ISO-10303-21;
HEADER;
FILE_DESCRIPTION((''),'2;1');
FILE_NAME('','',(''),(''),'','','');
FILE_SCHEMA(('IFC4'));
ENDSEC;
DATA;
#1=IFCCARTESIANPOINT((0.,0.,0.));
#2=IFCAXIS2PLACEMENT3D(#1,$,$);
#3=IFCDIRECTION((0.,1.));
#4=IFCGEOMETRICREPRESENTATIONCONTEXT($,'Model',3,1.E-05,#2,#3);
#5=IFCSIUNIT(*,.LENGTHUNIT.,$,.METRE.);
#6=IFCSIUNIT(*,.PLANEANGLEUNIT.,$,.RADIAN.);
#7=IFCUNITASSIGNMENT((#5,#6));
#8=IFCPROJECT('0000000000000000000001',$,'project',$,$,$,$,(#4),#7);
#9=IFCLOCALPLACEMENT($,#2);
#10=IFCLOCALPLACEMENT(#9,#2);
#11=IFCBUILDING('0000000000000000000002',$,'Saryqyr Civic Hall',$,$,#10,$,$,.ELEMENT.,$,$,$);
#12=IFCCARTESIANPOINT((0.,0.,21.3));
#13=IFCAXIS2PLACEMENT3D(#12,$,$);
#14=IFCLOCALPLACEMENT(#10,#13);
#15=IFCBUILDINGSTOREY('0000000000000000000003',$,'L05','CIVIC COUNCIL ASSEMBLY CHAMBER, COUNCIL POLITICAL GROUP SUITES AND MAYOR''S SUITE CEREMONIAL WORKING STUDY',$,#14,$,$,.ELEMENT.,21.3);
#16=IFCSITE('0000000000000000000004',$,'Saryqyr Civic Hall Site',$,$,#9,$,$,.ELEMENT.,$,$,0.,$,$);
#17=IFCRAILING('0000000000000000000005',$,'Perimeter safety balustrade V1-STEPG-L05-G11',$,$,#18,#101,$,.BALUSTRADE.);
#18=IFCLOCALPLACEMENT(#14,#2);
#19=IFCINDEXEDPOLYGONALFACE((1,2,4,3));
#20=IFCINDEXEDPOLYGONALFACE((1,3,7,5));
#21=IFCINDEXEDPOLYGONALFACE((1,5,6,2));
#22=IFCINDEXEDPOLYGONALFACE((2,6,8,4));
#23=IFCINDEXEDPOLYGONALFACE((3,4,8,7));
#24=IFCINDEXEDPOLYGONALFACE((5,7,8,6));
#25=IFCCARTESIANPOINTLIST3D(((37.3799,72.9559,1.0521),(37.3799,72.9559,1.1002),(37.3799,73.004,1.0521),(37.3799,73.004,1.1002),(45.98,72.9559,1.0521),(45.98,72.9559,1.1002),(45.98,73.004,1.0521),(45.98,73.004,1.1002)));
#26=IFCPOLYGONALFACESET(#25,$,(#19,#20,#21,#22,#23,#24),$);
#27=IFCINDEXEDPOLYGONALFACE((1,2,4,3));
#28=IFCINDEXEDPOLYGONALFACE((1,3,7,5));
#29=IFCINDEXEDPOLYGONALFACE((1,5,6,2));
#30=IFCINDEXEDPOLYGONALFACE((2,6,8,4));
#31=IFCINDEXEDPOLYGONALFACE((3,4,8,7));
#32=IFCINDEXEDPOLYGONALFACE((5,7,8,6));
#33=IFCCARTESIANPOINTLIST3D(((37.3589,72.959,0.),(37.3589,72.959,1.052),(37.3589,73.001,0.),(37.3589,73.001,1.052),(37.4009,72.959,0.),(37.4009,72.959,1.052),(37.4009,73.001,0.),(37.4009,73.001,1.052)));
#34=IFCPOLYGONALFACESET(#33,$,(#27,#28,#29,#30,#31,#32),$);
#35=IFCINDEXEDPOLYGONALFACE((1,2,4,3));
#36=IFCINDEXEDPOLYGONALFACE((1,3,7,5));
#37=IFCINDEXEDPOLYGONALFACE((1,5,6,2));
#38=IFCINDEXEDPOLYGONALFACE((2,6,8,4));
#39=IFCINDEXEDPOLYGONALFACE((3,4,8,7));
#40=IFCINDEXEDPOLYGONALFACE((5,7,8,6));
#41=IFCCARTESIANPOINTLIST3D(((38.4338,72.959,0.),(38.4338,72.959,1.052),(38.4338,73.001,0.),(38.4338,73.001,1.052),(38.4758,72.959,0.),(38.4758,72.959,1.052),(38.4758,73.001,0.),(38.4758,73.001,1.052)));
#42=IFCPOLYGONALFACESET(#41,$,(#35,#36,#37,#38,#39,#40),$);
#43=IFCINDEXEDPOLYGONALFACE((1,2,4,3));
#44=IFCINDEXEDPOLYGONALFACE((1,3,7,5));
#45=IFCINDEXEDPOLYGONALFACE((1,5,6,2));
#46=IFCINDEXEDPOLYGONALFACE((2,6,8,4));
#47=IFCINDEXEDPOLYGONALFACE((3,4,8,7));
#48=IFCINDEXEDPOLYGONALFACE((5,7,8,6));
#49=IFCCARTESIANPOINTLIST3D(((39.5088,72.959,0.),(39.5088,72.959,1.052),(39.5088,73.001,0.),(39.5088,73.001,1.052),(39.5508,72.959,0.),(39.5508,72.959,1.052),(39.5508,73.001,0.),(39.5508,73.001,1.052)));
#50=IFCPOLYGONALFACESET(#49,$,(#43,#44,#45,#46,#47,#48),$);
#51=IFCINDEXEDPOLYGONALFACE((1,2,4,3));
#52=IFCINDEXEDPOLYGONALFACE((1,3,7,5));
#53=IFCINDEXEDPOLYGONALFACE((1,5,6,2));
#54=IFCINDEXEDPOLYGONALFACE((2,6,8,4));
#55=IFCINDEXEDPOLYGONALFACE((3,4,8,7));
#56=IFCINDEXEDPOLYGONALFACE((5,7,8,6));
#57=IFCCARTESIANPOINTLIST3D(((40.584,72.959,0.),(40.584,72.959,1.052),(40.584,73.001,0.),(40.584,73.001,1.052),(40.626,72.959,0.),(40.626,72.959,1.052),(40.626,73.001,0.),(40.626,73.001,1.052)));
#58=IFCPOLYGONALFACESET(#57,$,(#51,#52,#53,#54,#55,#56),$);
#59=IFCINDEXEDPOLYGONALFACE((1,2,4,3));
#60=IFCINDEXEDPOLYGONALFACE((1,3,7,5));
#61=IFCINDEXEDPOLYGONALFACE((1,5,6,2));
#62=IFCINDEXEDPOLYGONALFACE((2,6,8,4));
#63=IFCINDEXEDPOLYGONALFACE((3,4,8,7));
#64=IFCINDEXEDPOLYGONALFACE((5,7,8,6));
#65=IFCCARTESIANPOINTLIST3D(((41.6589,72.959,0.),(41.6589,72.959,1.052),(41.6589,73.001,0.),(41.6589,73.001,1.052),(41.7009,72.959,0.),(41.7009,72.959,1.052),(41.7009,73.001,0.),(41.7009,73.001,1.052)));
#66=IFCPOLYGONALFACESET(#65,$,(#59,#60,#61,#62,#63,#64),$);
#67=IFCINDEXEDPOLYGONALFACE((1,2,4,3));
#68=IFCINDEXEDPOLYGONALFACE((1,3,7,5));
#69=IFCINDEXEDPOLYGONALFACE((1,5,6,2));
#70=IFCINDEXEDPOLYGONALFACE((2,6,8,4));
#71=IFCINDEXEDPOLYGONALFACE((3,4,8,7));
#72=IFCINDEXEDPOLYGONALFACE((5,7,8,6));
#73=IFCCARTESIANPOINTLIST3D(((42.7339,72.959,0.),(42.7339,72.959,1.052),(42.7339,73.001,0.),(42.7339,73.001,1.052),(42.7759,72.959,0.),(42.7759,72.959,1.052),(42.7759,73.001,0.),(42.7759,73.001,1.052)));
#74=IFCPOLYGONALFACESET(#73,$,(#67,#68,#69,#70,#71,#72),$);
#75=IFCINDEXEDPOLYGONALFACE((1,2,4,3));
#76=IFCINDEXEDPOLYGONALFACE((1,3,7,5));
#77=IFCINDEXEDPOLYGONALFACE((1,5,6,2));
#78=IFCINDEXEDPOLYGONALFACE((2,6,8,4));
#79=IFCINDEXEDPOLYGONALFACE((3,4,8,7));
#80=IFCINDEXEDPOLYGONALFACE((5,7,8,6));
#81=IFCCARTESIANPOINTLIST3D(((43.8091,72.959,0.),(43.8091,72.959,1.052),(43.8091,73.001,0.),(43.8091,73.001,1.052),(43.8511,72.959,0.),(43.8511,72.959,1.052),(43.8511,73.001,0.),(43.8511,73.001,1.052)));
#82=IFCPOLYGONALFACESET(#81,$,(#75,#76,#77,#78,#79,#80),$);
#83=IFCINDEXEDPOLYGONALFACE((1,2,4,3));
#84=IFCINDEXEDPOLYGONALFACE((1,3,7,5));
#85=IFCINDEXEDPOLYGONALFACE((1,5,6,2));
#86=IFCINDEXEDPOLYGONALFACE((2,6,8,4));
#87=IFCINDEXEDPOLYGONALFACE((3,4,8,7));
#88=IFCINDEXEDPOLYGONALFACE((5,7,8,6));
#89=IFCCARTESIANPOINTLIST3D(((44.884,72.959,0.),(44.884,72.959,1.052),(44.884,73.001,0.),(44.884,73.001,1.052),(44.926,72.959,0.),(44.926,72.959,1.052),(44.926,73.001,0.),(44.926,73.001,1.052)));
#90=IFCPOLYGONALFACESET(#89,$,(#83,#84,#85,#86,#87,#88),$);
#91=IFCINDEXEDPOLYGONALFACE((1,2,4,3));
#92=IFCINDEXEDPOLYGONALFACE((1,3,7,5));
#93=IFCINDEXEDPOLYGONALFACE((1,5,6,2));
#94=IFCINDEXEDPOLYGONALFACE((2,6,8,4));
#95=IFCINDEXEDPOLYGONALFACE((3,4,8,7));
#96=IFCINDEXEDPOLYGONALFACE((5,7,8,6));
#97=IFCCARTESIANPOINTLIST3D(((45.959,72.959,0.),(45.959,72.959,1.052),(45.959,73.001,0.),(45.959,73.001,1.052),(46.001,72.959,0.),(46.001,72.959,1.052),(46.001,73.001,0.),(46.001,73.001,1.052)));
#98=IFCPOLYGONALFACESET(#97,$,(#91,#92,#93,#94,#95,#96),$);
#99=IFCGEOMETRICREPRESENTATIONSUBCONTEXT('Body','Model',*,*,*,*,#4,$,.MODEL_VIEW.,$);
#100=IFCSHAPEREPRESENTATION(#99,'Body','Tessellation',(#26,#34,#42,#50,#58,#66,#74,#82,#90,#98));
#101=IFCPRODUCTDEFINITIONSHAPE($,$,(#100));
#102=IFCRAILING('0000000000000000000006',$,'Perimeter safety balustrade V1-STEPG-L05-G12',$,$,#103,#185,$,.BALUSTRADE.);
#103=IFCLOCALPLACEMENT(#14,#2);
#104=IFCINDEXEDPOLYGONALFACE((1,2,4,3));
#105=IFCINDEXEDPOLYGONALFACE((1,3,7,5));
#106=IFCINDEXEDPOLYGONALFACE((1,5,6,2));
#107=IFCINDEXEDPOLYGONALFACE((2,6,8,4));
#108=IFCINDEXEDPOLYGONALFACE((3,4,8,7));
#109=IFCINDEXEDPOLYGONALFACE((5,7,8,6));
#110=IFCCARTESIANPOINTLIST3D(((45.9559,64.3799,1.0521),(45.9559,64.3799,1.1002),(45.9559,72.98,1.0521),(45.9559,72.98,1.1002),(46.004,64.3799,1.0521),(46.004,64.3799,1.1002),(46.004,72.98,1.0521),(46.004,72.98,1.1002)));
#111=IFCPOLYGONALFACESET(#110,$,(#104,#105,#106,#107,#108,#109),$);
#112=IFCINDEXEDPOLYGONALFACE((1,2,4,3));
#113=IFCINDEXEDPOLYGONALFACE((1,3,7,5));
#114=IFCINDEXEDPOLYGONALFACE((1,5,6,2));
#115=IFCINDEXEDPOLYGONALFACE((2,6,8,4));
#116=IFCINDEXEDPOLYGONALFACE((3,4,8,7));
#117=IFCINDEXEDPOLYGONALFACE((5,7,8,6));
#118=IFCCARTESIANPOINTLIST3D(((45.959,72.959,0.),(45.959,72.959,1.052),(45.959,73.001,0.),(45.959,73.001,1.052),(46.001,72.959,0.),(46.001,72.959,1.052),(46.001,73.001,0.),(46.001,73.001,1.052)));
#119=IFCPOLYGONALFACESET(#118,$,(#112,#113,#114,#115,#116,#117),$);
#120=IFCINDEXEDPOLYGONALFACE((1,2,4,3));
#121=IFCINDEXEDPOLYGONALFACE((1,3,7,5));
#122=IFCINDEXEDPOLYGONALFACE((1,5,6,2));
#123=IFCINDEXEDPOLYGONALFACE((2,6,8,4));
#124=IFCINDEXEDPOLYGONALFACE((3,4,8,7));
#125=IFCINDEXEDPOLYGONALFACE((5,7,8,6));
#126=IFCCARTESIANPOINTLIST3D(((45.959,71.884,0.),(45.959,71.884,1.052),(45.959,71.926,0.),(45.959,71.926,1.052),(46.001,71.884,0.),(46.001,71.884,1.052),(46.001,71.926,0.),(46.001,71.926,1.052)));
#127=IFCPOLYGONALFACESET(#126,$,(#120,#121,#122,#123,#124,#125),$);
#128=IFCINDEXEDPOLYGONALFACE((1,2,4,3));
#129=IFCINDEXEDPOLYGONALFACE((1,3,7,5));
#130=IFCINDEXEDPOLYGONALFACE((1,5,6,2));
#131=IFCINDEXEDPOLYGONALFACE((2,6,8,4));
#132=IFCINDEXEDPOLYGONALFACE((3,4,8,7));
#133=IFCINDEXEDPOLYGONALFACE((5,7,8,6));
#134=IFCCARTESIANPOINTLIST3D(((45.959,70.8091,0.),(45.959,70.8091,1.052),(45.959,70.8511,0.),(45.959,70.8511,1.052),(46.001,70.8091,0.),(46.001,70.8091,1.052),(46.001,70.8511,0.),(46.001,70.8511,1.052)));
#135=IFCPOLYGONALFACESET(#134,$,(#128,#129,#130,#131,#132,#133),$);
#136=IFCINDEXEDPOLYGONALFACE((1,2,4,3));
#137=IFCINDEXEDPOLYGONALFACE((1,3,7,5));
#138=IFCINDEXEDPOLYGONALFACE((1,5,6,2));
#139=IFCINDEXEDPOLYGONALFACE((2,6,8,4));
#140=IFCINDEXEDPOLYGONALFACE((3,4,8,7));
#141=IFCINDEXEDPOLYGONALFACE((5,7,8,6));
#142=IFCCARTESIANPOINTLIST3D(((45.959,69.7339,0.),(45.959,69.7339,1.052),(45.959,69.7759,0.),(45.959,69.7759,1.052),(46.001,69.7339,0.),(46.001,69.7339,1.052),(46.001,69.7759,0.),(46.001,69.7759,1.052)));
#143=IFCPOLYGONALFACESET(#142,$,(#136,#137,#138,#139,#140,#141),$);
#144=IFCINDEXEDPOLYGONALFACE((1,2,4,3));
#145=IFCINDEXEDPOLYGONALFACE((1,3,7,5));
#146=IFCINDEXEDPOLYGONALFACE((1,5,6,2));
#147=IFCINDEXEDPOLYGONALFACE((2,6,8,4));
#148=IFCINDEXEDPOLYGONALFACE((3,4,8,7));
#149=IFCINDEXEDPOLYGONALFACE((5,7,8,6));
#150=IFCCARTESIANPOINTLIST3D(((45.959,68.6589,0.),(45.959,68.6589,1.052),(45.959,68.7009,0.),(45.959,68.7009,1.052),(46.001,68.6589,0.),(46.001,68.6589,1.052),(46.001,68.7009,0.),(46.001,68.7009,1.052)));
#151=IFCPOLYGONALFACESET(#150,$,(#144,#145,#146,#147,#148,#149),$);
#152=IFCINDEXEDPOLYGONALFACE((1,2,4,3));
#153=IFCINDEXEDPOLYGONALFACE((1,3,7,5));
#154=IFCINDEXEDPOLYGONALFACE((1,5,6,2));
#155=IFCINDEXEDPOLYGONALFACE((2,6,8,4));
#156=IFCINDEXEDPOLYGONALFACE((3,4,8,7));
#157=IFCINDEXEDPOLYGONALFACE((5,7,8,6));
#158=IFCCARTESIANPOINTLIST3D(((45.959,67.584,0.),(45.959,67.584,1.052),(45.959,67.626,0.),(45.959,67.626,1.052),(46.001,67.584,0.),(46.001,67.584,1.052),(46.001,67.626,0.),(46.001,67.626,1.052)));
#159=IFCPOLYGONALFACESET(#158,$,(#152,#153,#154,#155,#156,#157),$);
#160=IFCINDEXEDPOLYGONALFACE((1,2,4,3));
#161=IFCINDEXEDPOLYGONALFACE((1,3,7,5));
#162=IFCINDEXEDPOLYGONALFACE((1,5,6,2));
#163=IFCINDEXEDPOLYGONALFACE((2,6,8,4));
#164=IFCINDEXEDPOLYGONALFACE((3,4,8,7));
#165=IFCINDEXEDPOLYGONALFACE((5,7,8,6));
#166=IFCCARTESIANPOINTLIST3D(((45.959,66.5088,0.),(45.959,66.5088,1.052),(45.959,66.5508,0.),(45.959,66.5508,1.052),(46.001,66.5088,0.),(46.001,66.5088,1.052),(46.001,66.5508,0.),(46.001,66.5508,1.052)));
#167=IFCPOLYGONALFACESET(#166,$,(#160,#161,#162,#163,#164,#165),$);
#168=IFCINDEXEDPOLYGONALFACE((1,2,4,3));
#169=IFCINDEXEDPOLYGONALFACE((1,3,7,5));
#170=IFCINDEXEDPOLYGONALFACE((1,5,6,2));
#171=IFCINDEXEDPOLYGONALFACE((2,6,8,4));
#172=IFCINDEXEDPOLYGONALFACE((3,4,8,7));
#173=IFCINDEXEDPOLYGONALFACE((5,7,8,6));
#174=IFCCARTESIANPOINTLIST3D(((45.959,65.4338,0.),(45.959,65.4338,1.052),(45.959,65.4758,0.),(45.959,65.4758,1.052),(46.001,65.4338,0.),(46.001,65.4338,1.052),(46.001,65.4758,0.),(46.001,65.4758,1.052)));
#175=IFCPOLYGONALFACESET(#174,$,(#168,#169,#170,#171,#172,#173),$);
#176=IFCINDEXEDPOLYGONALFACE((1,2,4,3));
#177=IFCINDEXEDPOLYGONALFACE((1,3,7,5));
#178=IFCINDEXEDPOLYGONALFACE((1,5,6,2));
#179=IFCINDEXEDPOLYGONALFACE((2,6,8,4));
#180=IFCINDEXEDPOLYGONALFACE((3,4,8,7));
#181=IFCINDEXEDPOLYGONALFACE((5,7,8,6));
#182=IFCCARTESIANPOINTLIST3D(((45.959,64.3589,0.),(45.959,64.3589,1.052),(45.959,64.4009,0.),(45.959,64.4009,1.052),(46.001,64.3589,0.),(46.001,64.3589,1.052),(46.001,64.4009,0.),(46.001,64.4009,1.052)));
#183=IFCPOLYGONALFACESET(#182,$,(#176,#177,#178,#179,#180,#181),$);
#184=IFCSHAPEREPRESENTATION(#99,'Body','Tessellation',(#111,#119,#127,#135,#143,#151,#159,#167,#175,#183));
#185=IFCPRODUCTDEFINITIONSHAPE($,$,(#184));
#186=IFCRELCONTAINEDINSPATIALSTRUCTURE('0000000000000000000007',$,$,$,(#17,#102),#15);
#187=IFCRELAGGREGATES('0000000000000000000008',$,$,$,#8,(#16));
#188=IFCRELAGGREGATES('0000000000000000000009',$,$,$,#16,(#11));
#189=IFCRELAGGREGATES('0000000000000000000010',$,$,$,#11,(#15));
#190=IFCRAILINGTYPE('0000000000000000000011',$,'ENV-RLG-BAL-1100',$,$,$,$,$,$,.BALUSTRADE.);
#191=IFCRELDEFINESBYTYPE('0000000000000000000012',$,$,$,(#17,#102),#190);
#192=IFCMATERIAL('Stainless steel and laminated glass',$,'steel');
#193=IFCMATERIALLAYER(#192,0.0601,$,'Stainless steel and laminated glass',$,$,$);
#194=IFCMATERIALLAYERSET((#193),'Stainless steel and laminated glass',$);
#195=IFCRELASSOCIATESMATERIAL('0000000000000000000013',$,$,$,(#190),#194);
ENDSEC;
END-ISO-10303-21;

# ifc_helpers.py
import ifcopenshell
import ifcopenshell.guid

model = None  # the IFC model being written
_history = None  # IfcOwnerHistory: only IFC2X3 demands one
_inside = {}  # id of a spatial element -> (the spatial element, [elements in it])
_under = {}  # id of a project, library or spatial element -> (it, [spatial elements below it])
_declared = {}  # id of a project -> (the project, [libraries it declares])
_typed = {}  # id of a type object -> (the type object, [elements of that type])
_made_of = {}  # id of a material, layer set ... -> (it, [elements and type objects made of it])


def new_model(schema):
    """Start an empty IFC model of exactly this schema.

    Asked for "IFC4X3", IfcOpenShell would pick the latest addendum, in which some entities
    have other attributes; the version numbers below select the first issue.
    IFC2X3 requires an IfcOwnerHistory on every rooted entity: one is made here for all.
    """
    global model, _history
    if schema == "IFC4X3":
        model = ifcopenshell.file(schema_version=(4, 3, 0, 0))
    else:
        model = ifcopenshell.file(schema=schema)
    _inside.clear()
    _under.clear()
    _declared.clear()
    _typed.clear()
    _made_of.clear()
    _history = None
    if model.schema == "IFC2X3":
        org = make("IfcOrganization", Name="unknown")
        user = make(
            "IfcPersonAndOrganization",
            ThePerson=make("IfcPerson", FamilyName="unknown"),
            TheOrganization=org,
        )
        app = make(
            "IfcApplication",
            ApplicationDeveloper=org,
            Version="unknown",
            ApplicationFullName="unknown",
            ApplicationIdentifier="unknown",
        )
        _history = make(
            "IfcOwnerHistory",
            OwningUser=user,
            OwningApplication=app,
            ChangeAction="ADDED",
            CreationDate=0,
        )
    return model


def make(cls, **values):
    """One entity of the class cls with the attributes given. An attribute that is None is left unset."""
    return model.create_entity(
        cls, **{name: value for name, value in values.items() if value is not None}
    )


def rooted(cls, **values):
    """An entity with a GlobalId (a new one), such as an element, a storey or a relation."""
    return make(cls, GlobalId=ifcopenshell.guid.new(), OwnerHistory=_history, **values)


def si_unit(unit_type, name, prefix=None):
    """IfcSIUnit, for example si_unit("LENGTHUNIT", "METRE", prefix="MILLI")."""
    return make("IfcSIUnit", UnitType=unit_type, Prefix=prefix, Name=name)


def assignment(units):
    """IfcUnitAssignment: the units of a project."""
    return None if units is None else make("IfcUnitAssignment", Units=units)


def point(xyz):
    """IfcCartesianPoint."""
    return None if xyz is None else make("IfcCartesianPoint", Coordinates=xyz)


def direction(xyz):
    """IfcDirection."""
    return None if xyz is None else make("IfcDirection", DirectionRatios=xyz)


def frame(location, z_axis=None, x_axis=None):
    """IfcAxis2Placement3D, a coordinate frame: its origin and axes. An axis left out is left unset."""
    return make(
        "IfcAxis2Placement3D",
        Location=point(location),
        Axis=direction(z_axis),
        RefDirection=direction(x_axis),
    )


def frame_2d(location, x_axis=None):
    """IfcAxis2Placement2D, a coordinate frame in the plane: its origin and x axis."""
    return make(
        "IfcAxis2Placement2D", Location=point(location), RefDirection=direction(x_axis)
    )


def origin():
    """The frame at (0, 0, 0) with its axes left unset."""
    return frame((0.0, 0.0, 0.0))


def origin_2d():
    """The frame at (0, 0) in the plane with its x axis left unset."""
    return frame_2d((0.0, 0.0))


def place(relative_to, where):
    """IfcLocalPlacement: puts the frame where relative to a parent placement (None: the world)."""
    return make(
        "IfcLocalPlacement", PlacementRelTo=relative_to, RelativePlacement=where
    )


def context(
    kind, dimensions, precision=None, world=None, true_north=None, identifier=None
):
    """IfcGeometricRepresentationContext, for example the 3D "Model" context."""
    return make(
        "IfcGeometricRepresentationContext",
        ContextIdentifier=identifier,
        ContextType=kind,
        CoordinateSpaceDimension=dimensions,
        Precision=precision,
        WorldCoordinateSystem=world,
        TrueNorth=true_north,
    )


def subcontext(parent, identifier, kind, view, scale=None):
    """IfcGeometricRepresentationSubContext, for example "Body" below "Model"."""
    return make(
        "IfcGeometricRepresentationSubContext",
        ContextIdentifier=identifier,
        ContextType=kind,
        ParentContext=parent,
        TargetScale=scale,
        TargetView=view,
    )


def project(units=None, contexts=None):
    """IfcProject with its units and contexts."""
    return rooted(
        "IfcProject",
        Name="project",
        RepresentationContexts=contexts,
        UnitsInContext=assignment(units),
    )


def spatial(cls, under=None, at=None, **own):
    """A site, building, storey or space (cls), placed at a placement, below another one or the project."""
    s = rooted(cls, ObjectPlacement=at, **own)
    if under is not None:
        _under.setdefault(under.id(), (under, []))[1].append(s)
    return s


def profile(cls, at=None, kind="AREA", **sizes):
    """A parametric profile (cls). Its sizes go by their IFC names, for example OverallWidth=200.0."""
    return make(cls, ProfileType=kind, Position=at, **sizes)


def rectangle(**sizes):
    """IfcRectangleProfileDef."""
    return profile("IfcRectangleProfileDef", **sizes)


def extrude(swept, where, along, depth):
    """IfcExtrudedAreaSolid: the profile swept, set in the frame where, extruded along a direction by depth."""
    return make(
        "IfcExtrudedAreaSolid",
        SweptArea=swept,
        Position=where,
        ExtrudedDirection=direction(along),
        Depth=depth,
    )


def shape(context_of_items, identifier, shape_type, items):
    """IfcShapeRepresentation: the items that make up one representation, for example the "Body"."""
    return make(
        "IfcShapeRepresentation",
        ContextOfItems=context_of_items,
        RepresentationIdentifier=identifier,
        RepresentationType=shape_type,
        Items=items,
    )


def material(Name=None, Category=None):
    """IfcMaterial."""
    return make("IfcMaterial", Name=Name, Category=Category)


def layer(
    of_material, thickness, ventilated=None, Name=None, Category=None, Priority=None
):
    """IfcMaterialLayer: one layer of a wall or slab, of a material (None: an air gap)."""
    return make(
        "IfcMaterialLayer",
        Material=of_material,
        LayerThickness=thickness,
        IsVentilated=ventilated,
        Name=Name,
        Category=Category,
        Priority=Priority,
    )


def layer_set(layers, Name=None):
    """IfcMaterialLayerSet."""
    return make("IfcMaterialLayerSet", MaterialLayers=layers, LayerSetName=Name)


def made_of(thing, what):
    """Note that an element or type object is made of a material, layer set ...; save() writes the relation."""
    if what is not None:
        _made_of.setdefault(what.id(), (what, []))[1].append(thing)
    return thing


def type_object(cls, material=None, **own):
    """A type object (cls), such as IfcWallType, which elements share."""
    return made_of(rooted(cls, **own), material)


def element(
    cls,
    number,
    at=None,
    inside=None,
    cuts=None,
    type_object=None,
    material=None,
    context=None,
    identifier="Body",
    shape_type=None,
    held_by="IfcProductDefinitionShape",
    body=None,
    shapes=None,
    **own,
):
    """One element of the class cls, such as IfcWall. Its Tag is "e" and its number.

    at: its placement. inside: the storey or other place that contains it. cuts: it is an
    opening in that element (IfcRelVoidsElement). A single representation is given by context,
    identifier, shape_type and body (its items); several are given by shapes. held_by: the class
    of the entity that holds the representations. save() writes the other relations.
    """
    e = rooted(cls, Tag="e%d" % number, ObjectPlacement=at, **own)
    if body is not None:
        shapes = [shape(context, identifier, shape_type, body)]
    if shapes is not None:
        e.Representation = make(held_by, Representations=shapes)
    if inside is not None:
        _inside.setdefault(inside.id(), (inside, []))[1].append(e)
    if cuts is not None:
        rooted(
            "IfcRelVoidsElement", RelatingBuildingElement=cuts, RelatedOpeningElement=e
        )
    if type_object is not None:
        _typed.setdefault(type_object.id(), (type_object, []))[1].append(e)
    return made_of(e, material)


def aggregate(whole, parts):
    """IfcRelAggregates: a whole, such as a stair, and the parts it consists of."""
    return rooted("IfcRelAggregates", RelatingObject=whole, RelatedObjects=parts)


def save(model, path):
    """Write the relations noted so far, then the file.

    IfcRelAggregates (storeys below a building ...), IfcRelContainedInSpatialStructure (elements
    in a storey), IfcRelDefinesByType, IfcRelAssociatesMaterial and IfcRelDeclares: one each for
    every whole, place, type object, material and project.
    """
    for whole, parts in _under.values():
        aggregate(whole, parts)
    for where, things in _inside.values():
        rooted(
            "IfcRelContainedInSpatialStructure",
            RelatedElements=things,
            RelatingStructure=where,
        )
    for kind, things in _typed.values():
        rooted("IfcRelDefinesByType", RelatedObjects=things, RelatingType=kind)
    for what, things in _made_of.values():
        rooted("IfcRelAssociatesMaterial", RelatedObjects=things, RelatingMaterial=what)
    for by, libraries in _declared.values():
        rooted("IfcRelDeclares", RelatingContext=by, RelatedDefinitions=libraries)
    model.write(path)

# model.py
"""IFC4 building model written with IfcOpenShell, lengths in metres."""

from ifc_helpers import new_model, si_unit, direction, frame, origin, origin_2d, place, context, subcontext, project, spatial, rectangle, extrude, material, layer, layer_set, type_object, element, save


model = new_model("IFC4")

# Units and contexts
model_context = context("Model", 3, precision=1e-05, world=origin(), true_north=direction((0.0, 1.0)))
body_context = subcontext(model_context, "Body", "Model", "MODEL_VIEW")
ifc_project = project(units=[si_unit("LENGTHUNIT", "METRE"), si_unit("PLANEANGLEUNIT", "RADIAN")], contexts=[model_context])

# Site, building, storey
site_placement = place(None, origin())
site = spatial("IfcSite", under=ifc_project, at=site_placement, Name="Saryqyr Civic Hall Site", CompositionType="ELEMENT", RefElevation=0.0)
building_placement = place(site_placement, origin())
building = spatial("IfcBuilding", under=site, at=building_placement, Name="Saryqyr Civic Hall", CompositionType="ELEMENT")
storey_placement = place(building_placement, frame((0.0, 0.0, 21.3)))
storey = spatial("IfcBuildingStorey", under=building, at=storey_placement, Name="L05", Description="CIVIC COUNCIL ASSEMBLY CHAMBER, COUNCIL POLITICAL GROUP SUITES AND MAYOR'S SUITE CEREMONIAL WORKING STUDY", CompositionType="ELEMENT", Elevation=21.3)

# Railings
ifc_material_1 = material(Name="Stainless steel and laminated glass", Category="steel")
ifc_layer_1 = layer(ifc_material_1, 0.0601, Name="Stainless steel and laminated glass")
ifc_layer_set_1 = layer_set([ifc_layer_1], Name="Stainless steel and laminated glass")
railing_type_1 = type_object("IfcRailingType", Name="ENV-RLG-BAL-1100", PredefinedType="BALUSTRADE", material=ifc_layer_set_1)
railing_1_placement = place(storey_placement, frame((37.3799, 72.98, 0.0)))
element("IfcRailing", 1, at=railing_1_placement, inside=storey, type_object=railing_type_1, Name="Perimeter safety balustrade V1-STEPG-L05-G11", PredefinedType="BALUSTRADE", context=body_context, shape_type="SweptSolid", body=[
    extrude(rectangle(XDim=0.0481, YDim=0.0481, at=origin_2d()), frame((0.0, 0.0, 1.0762), z_axis=(1.0, 0.0, 0.0), x_axis=(0.0, 1.0, 0.0)), (0.0, 0.0, 1.0), 8.6001),
    extrude(rectangle(XDim=0.042, YDim=0.042, at=origin_2d()), origin(), (0.0, 0.0, 1.0), 1.052),
    extrude(rectangle(XDim=0.042, YDim=0.042, at=origin_2d()), frame((1.075, 0.0, 0.0)), (0.0, 0.0, 1.0), 1.052),
    extrude(rectangle(XDim=0.042, YDim=0.042, at=origin_2d()), frame((2.1499, 0.0, 0.0)), (0.0, 0.0, 1.0), 1.052),
    extrude(rectangle(XDim=0.042, YDim=0.042, at=origin_2d()), frame((3.2251, 0.0, 0.0)), (0.0, 0.0, 1.0), 1.052),
    extrude(rectangle(XDim=0.042, YDim=0.042, at=origin_2d()), frame((4.3, 0.0, 0.0)), (0.0, 0.0, 1.0), 1.052),
    extrude(rectangle(XDim=0.042, YDim=0.042, at=origin_2d()), frame((5.375, 0.0, 0.0)), (0.0, 0.0, 1.0), 1.052),
    extrude(rectangle(XDim=0.042, YDim=0.042, at=origin_2d()), frame((6.4502, 0.0, 0.0)), (0.0, 0.0, 1.0), 1.052),
    extrude(rectangle(XDim=0.042, YDim=0.042, at=origin_2d()), frame((7.5251, 0.0, 0.0)), (0.0, 0.0, 1.0), 1.052),
    extrude(rectangle(XDim=0.042, YDim=0.042, at=origin_2d()), frame((8.6001, 0.0, 0.0)), (0.0, 0.0, 1.0), 1.052),
])
railing_2_placement = place(storey_placement, frame((45.98, 72.98, 0.0)))
element("IfcRailing", 2, at=railing_2_placement, inside=storey, type_object=railing_type_1, Name="Perimeter safety balustrade V1-STEPG-L05-G12", PredefinedType="BALUSTRADE", context=body_context, shape_type="SweptSolid", body=[
    extrude(rectangle(XDim=0.0481, YDim=0.0481, at=origin_2d()), frame((0.0, 0.0, 1.0762), z_axis=(0.0, -1.0, 0.0), x_axis=(1.0, 0.0, 0.0)), (0.0, 0.0, 1.0), 8.6001),
    extrude(rectangle(XDim=0.042, YDim=0.042, at=origin_2d()), origin(), (0.0, 0.0, 1.0), 1.052),
    extrude(rectangle(XDim=0.042, YDim=0.042, at=origin_2d()), frame((0.0, -1.075, 0.0)), (0.0, 0.0, 1.0), 1.052),
    extrude(rectangle(XDim=0.042, YDim=0.042, at=origin_2d()), frame((0.0, -2.1499, 0.0)), (0.0, 0.0, 1.0), 1.052),
    extrude(rectangle(XDim=0.042, YDim=0.042, at=origin_2d()), frame((0.0, -3.2251, 0.0)), (0.0, 0.0, 1.0), 1.052),
    extrude(rectangle(XDim=0.042, YDim=0.042, at=origin_2d()), frame((0.0, -4.3, 0.0)), (0.0, 0.0, 1.0), 1.052),
    extrude(rectangle(XDim=0.042, YDim=0.042, at=origin_2d()), frame((0.0, -5.375, 0.0)), (0.0, 0.0, 1.0), 1.052),
    extrude(rectangle(XDim=0.042, YDim=0.042, at=origin_2d()), frame((0.0, -6.4502, 0.0)), (0.0, 0.0, 1.0), 1.052),
    extrude(rectangle(XDim=0.042, YDim=0.042, at=origin_2d()), frame((0.0, -7.5251, 0.0)), (0.0, 0.0, 1.0), 1.052),
    extrude(rectangle(XDim=0.042, YDim=0.042, at=origin_2d()), frame((0.0, -8.6001, 0.0)), (0.0, 0.0, 1.0), 1.052),
])

save(model, "model.ifc")
